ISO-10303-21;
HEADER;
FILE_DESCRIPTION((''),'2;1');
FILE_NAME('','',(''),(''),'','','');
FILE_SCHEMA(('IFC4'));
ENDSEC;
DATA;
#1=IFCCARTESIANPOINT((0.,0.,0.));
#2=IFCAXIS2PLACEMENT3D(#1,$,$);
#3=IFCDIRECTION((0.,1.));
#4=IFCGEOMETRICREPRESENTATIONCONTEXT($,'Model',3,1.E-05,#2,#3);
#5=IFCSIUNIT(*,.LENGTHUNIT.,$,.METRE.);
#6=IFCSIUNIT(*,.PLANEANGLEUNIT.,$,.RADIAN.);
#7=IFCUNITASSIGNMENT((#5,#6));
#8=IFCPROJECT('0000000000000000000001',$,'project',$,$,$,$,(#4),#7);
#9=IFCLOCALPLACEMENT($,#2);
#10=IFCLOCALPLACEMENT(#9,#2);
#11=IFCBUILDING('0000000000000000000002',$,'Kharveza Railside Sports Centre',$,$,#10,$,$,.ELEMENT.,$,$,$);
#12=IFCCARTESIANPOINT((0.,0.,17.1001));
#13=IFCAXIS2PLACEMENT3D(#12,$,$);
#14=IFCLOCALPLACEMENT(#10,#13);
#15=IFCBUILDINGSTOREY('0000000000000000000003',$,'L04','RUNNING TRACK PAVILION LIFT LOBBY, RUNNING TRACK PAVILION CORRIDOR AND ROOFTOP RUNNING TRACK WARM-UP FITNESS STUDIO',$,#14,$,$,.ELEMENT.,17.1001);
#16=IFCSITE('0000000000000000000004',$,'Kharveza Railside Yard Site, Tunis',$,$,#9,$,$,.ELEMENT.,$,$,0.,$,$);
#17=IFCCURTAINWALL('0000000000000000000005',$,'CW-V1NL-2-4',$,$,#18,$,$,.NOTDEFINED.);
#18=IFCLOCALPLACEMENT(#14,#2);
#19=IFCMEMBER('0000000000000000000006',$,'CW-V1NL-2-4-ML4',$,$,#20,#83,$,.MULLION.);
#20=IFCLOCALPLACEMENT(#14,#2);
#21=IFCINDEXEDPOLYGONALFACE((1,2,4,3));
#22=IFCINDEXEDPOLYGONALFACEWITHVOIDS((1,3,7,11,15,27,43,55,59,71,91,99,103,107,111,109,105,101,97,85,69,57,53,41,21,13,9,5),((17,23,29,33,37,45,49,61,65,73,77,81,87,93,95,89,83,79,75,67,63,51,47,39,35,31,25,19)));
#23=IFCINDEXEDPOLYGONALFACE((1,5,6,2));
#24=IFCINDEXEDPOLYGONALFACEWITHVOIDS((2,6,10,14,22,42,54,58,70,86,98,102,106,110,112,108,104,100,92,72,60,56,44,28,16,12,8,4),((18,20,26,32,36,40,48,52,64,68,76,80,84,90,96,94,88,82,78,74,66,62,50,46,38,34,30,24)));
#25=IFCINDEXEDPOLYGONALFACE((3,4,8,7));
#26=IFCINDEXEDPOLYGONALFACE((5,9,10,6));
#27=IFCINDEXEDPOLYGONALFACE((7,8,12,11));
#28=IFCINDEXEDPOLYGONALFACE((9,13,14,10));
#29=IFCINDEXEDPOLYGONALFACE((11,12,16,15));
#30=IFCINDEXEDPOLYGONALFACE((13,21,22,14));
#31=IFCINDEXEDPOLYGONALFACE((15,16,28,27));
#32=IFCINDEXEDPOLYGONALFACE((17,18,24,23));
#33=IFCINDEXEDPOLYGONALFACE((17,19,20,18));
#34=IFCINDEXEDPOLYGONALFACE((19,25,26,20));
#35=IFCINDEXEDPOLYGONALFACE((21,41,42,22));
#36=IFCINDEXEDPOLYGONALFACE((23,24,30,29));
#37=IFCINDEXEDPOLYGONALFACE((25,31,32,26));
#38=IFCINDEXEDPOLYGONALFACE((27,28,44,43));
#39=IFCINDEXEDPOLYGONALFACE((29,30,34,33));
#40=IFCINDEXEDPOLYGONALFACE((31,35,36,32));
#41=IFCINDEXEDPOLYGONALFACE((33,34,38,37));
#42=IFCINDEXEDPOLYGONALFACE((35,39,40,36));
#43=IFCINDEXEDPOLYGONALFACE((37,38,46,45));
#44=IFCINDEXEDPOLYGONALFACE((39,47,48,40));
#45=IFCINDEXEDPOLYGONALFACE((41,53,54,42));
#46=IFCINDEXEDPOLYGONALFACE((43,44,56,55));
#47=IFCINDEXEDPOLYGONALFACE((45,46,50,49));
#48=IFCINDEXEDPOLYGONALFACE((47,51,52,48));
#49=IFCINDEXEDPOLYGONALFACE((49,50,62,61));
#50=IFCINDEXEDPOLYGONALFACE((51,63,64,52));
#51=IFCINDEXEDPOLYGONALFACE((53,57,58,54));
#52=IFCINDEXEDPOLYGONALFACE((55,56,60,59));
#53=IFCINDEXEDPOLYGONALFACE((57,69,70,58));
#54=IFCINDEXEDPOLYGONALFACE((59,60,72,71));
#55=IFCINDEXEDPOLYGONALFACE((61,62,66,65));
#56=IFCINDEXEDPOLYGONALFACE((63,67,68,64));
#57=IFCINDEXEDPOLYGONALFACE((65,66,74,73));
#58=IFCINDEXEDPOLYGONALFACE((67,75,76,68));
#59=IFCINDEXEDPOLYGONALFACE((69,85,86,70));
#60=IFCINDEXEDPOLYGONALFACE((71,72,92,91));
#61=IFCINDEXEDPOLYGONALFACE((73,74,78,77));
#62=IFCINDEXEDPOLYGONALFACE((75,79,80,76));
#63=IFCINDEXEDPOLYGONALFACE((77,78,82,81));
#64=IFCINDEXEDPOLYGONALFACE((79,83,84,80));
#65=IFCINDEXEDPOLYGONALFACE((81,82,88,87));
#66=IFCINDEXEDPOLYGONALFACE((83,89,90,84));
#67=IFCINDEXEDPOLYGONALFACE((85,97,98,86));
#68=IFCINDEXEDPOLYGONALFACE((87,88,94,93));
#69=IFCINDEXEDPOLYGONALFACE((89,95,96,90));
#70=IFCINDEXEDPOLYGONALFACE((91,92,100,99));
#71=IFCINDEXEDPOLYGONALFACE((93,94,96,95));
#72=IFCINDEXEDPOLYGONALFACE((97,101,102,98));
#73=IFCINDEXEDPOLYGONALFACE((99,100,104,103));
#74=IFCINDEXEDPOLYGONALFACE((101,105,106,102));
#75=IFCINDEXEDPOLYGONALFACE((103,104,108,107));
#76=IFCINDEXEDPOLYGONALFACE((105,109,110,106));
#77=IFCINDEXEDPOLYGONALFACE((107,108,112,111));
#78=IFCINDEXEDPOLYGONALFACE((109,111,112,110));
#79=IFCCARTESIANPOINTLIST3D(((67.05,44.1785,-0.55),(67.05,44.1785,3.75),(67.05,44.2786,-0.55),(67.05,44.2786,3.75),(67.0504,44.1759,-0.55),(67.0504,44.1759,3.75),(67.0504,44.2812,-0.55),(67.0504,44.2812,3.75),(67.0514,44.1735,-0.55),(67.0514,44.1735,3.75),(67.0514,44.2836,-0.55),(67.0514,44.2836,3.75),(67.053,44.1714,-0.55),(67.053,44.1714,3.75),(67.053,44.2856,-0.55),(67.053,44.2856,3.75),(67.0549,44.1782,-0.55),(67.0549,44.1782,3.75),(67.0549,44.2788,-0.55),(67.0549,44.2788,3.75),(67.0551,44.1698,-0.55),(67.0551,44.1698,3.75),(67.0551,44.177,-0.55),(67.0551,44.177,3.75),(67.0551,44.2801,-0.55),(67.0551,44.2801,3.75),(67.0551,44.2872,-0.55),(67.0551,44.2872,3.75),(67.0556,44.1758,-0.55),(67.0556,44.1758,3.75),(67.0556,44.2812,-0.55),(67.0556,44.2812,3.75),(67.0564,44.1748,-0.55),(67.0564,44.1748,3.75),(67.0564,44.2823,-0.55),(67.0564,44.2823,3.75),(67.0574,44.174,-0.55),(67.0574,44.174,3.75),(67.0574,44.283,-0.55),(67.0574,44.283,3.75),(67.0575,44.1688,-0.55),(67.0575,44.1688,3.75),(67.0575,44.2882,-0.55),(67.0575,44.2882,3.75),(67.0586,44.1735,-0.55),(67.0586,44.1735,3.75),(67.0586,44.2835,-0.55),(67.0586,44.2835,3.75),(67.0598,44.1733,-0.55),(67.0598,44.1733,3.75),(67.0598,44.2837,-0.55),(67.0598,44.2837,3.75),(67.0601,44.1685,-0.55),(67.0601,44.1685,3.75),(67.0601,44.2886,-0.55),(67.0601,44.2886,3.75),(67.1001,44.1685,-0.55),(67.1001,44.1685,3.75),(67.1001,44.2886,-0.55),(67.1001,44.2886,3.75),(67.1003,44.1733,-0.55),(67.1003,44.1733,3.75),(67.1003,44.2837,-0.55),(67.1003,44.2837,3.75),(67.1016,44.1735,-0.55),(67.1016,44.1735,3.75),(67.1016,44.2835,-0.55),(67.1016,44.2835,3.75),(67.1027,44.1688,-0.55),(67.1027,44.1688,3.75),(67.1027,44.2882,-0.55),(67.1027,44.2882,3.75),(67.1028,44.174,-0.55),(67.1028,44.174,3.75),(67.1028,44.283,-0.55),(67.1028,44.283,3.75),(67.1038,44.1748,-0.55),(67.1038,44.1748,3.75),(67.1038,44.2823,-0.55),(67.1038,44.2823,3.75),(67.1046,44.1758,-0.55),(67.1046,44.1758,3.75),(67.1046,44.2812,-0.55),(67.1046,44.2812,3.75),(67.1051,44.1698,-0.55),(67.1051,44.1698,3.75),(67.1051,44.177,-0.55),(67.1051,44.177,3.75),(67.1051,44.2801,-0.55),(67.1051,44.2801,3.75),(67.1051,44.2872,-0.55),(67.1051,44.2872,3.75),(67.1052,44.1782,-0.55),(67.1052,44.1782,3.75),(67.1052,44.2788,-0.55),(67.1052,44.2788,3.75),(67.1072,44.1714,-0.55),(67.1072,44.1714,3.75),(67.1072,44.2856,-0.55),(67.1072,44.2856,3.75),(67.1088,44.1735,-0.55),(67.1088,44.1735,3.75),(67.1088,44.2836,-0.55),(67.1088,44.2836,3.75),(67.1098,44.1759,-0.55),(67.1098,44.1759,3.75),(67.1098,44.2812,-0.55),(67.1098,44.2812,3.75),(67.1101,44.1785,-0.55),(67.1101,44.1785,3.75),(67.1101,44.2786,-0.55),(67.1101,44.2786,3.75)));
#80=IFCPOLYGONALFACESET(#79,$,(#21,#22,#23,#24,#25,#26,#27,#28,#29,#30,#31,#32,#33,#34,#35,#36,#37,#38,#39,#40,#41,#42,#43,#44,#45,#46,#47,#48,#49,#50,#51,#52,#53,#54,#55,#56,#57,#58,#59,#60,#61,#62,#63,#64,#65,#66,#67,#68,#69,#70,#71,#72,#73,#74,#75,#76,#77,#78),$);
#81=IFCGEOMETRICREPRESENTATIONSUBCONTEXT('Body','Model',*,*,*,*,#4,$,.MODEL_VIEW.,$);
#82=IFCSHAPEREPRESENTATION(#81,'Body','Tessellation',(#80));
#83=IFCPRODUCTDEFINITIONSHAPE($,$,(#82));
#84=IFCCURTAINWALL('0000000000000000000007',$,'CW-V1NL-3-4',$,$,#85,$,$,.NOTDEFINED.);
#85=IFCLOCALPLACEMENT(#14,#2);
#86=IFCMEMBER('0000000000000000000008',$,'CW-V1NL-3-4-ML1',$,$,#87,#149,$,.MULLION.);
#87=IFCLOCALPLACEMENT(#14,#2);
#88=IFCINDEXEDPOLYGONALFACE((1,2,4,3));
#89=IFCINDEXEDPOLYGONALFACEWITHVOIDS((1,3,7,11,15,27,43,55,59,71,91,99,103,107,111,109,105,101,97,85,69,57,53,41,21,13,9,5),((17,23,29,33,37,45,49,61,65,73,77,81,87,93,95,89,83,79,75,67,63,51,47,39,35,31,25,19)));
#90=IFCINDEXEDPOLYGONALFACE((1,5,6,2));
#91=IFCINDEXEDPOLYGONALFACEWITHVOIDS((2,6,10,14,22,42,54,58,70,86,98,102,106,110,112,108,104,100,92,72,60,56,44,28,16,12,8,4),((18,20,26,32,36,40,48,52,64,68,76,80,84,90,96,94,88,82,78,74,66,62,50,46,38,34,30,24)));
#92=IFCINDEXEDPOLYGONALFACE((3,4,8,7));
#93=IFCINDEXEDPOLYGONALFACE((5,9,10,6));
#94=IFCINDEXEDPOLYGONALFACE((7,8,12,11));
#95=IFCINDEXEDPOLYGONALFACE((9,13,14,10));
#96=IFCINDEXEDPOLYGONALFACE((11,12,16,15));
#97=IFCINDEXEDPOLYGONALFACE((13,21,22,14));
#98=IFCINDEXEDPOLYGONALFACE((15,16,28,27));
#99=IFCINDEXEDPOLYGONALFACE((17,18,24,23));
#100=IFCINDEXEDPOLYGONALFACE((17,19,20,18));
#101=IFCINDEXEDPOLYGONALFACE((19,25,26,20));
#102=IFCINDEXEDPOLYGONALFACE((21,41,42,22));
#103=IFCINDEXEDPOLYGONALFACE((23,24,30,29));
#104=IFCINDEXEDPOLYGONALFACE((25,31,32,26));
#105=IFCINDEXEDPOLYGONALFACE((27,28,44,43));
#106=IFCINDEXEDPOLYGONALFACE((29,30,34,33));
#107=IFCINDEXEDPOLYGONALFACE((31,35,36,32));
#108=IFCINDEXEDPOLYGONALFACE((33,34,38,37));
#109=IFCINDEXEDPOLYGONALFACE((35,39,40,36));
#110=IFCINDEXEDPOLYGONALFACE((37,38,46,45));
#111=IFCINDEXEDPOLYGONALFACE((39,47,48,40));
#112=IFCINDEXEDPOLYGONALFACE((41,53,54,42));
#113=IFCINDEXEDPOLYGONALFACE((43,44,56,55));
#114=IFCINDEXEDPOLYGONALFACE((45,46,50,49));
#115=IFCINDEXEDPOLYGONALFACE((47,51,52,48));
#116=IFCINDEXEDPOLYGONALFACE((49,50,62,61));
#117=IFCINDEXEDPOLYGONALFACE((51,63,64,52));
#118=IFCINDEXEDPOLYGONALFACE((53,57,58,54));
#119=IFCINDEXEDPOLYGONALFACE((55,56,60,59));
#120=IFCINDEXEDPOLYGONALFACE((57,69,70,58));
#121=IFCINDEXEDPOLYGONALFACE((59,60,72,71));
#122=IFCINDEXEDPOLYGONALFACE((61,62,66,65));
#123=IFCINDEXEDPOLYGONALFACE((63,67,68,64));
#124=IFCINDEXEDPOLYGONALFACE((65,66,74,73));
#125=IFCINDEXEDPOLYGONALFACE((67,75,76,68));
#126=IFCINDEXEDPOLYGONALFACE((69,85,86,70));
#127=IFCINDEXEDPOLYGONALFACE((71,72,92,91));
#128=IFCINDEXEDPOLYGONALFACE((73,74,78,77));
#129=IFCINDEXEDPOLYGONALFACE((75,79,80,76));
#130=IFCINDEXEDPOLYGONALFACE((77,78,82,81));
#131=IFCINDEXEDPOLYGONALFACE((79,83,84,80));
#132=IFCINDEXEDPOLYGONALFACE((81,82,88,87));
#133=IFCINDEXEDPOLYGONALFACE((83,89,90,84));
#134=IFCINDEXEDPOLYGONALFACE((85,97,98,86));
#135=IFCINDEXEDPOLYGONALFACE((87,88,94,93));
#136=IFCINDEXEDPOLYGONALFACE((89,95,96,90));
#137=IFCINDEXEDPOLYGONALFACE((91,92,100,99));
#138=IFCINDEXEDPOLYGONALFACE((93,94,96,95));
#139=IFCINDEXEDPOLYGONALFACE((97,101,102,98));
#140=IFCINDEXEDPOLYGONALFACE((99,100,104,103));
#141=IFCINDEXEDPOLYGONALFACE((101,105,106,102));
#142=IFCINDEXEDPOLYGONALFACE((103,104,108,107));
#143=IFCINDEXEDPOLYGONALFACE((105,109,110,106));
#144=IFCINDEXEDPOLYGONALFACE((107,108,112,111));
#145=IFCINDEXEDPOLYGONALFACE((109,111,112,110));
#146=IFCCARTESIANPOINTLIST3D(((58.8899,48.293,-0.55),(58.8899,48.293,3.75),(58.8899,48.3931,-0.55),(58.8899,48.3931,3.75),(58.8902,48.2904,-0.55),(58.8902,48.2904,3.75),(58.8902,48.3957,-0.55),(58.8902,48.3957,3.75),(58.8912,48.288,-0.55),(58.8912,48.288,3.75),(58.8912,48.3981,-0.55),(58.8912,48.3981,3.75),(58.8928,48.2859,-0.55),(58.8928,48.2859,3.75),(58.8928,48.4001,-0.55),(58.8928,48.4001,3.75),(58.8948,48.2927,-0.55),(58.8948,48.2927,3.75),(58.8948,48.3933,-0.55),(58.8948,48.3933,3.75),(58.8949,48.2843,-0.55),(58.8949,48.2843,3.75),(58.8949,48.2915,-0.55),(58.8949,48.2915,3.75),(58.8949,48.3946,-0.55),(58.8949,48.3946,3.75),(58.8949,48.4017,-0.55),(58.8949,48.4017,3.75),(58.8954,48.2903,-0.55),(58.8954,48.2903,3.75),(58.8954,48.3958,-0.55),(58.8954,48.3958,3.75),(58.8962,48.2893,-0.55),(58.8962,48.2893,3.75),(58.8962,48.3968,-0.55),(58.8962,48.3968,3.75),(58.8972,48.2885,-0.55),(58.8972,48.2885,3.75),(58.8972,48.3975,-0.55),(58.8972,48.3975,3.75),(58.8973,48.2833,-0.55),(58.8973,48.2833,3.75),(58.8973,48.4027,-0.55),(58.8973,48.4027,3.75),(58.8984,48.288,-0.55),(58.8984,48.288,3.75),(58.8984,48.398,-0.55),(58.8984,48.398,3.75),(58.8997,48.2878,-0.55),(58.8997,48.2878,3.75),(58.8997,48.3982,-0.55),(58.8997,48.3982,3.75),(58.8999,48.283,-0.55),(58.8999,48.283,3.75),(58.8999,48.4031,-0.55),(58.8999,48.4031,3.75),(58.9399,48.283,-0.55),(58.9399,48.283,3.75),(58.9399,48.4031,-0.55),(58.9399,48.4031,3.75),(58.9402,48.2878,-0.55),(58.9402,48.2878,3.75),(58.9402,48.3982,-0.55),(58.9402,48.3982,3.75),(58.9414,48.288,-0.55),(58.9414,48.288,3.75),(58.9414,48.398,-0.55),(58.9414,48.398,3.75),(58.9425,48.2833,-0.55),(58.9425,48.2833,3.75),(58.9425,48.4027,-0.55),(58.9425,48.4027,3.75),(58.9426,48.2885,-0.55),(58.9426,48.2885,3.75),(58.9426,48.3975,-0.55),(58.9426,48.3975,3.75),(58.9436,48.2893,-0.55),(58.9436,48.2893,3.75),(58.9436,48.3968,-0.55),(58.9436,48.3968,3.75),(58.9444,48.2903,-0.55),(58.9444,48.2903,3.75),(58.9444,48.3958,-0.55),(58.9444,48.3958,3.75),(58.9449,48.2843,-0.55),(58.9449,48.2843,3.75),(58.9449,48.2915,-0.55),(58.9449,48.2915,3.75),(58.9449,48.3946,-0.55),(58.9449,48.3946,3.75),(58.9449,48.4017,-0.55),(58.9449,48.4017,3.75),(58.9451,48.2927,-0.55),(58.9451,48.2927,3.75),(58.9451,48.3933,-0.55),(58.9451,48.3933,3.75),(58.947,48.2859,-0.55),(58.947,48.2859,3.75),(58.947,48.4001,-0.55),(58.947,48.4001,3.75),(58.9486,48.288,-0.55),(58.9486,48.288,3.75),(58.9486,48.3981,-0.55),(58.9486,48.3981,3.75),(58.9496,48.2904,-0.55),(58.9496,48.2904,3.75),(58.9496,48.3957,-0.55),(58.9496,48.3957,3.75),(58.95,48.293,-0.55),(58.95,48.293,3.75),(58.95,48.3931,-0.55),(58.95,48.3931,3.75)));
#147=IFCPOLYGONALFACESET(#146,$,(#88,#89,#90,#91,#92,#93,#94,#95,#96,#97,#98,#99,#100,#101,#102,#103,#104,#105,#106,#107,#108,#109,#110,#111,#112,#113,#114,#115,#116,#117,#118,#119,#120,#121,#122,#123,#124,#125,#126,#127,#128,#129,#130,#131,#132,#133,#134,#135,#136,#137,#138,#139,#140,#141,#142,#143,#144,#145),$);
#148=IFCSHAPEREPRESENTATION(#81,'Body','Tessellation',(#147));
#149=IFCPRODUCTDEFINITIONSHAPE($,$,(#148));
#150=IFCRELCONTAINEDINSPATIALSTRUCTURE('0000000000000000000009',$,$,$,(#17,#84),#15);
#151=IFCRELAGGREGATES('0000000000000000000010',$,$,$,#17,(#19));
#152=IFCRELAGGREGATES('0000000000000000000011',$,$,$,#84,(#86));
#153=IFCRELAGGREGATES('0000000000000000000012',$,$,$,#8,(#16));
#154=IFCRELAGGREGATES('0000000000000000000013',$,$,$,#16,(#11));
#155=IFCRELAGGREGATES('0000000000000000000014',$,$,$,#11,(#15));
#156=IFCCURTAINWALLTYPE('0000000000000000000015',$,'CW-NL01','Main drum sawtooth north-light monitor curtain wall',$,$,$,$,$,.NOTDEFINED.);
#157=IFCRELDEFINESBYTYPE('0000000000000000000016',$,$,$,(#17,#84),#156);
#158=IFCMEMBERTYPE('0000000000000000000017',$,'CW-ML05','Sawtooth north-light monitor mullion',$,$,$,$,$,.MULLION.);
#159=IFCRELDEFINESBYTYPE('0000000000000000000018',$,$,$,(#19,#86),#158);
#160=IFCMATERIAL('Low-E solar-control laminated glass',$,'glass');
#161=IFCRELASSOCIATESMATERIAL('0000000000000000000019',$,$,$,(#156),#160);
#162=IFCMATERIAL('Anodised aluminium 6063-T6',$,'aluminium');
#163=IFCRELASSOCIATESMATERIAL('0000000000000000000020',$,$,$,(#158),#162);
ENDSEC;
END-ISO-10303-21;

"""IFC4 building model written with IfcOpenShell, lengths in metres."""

from ifc_helpers import new_model, si_unit, direction, frame, origin, origin_2d, place, context, subcontext, project, spatial, hollow_rectangle, extrude, material, material_profile, profile_set, type_object, element, aggregate, save


model = new_model("IFC4")

# Units and contexts
model_context = context("Model", 3, precision=1e-05, world=origin(), true_north=direction((0.0, 1.0)))
body_context = subcontext(model_context, "Body", "Model", "MODEL_VIEW")
ifc_project = project(units=[si_unit("LENGTHUNIT", "METRE"), si_unit("PLANEANGLEUNIT", "RADIAN")], contexts=[model_context])

# Site, building, storey
site_placement = place(None, origin())
site = spatial("IfcSite", under=ifc_project, at=site_placement, Name="Kharveza Railside Yard Site, Tunis", CompositionType="ELEMENT", RefElevation=0.0)
building_placement = place(site_placement, origin())
building = spatial("IfcBuilding", under=site, at=building_placement, Name="Kharveza Railside Sports Centre", CompositionType="ELEMENT")
storey_placement = place(building_placement, frame((0.0, 0.0, 17.1001)))
storey = spatial("IfcBuildingStorey", under=building, at=storey_placement, Name="L04", Description="RUNNING TRACK PAVILION LIFT LOBBY, RUNNING TRACK PAVILION CORRIDOR AND ROOFTOP RUNNING TRACK WARM-UP FITNESS STUDIO", CompositionType="ELEMENT", Elevation=17.1001)

# Curtain walls, members
ifc_material_1 = material(Name="Low-E solar-control laminated glass", Category="glass")
curtain_wall_type = type_object("IfcCurtainWallType", Name="CW-NL01", Description="Main drum sawtooth north-light monitor curtain wall", PredefinedType="NOTDEFINED", material=ifc_material_1)
curtain_wall_1_placement = place(storey_placement, origin())
curtain_wall_1 = element("IfcCurtainWall", 1, at=curtain_wall_1_placement, inside=storey, type_object=curtain_wall_type, Name="CW-V1NL-2-4", PredefinedType="NOTDEFINED")
ifc_material_2 = material(Name="Anodised aluminium 6063-T6", Category="aluminium")
ifc_material_profile_1 = material_profile(ifc_material_2, hollow_rectangle(XDim=0.0601, YDim=0.1201, WallThickness=0.0049, InnerFilletRadius=0.0049, OuterFilletRadius=0.01, at=origin_2d()), Name="RHS 60x120x5.0")
ifc_profile_set_1 = profile_set([ifc_material_profile_1], Name="Anodised aluminium 6063-T6")
member_type_1 = type_object("IfcMemberType", Name="CW-ML05", Description="Sawtooth north-light monitor mullion", PredefinedType="MULLION", material=ifc_profile_set_1)
member_1_placement = place(storey_placement, frame((67.0801, 44.2285, -0.55), z_axis=(0.0, 0.0, 1.0), x_axis=(1.0, 0.0, 0.0)))
member_1 = element("IfcMember", 2, at=member_1_placement, type_object=member_type_1, Name="CW-V1NL-2-4-ML4", PredefinedType="MULLION", context=body_context, shape_type="SweptSolid", body=[
    extrude(hollow_rectangle(XDim=0.0601, YDim=0.1201, WallThickness=0.0049, InnerFilletRadius=0.0049, OuterFilletRadius=0.01, at=origin_2d()), origin(), (0.0, 0.0, 1.0), 4.3),
])
curtain_wall_2_placement = place(storey_placement, origin())
curtain_wall_2 = element("IfcCurtainWall", 3, at=curtain_wall_2_placement, inside=storey, type_object=curtain_wall_type, Name="CW-V1NL-3-4", PredefinedType="NOTDEFINED")
member_2_placement = place(storey_placement, frame((58.9199, 48.343, -0.55), z_axis=(0.0, 0.0, 1.0), x_axis=(1.0, 0.0, 0.0)))
member_2 = element("IfcMember", 4, at=member_2_placement, type_object=member_type_1, Name="CW-V1NL-3-4-ML1", PredefinedType="MULLION", context=body_context, shape_type="SweptSolid", body=[
    extrude(hollow_rectangle(XDim=0.0601, YDim=0.1201, WallThickness=0.0049, InnerFilletRadius=0.0049, OuterFilletRadius=0.01, at=origin_2d()), origin(), (0.0, 0.0, 1.0), 4.3),
])

aggregate(curtain_wall_1, [member_1])
aggregate(curtain_wall_2, [member_2])

save(model, "model.ifc")
